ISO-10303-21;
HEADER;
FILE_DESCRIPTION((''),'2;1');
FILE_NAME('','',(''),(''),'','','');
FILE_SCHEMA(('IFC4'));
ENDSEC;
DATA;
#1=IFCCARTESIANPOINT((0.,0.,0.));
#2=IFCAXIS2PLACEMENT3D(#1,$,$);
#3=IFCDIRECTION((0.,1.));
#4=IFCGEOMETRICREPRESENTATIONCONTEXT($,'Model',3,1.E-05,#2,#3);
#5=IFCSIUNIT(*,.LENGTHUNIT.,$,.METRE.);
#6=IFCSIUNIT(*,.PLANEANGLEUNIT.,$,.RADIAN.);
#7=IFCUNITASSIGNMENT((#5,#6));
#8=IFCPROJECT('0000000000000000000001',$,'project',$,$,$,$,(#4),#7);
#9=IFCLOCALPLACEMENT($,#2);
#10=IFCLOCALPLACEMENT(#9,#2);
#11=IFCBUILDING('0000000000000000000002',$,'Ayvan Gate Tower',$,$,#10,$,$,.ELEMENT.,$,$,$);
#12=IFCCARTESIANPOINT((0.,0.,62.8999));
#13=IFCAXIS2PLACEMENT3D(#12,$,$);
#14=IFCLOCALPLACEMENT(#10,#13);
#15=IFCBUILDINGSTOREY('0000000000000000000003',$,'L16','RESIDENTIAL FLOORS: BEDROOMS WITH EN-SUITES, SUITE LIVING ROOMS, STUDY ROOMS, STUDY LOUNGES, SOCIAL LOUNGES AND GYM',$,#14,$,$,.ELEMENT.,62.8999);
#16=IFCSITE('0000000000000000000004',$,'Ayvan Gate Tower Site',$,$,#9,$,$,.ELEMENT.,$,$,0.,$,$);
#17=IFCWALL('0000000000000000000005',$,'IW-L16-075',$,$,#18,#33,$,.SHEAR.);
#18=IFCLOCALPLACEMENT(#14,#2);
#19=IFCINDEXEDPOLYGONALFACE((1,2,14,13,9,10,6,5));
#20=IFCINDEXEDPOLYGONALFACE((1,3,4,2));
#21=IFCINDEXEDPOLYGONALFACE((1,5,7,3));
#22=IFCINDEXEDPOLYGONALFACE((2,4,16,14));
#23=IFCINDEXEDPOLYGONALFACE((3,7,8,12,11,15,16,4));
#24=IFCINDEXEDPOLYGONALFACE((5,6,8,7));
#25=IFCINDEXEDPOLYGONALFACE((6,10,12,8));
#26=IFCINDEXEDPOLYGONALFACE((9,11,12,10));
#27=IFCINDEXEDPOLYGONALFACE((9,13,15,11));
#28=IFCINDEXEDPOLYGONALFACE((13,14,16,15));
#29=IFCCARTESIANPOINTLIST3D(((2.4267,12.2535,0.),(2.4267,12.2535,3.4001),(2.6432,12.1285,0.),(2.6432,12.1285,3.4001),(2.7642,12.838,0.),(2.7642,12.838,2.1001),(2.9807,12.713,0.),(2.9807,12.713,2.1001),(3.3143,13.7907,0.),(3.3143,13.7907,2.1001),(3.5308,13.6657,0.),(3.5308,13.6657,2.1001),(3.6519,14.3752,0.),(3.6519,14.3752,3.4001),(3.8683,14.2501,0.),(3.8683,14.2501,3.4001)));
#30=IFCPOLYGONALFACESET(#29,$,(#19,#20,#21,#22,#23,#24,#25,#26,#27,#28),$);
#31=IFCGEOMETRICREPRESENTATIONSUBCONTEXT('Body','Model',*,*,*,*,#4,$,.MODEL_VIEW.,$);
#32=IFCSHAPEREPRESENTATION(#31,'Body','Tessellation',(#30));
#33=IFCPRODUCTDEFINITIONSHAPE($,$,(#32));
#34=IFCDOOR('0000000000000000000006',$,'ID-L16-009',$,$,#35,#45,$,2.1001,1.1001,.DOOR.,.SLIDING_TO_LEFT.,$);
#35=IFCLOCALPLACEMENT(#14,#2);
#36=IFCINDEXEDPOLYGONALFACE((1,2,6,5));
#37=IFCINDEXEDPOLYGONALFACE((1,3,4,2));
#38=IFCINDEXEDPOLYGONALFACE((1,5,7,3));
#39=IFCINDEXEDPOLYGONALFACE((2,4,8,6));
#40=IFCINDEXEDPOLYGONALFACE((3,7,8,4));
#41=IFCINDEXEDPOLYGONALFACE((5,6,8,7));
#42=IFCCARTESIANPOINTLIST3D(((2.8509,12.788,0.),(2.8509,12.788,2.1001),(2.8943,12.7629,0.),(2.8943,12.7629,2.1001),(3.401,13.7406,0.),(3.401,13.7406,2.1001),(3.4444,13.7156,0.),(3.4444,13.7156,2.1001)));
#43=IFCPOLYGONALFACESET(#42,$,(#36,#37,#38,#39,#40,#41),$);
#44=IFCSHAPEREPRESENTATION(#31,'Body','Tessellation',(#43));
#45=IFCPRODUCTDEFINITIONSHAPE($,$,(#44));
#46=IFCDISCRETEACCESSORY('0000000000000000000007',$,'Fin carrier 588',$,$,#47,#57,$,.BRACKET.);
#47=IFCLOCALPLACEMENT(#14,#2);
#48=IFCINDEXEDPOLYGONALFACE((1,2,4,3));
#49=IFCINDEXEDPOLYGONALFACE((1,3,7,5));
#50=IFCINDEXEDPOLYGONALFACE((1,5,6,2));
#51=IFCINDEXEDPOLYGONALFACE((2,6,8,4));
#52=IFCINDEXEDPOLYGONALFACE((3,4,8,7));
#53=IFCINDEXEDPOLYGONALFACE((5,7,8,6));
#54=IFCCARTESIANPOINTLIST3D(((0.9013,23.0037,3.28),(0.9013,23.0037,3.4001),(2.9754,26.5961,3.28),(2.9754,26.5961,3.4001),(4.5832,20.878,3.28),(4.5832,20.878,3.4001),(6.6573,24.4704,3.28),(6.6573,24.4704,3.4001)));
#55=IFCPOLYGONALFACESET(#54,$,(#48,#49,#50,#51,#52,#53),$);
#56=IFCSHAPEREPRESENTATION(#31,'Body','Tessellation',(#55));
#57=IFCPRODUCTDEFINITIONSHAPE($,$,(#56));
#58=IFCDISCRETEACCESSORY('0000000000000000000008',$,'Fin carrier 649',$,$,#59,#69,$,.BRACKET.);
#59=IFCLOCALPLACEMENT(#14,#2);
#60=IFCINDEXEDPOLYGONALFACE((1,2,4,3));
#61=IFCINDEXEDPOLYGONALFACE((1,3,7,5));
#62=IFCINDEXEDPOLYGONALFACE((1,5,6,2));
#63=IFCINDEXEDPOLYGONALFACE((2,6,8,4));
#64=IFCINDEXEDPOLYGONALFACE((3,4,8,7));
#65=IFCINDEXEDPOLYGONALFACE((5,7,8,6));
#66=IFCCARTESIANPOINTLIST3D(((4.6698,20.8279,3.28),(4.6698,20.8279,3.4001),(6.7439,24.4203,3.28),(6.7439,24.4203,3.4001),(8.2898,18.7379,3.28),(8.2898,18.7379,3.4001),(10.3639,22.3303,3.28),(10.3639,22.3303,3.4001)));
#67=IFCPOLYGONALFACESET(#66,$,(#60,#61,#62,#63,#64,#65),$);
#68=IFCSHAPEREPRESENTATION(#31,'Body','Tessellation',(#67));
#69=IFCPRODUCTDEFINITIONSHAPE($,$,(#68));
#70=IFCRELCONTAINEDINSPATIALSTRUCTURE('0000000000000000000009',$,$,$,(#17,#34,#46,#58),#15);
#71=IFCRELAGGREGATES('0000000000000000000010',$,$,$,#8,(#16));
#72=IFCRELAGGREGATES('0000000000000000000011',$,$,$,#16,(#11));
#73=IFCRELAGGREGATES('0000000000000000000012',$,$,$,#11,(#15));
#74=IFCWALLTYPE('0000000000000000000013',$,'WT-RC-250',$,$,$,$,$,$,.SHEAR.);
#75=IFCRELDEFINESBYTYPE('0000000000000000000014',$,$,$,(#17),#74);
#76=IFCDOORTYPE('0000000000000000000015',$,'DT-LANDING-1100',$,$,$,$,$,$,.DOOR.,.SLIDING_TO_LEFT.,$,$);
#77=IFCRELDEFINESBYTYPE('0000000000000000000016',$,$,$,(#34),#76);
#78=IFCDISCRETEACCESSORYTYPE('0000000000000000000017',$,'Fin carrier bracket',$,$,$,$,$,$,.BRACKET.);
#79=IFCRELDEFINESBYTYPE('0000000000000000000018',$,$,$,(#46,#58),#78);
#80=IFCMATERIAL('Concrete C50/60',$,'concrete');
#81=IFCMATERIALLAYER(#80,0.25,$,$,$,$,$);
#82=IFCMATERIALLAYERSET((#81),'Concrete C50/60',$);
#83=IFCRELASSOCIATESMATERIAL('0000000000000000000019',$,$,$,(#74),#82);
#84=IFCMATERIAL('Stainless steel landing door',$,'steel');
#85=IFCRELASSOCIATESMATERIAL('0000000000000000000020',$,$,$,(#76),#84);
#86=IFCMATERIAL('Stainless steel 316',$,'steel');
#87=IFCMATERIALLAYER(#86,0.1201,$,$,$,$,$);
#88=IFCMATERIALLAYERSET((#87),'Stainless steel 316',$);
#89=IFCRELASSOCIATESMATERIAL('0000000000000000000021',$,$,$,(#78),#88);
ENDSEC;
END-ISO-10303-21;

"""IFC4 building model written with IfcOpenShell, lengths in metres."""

from ifc_helpers import new_model, si_unit, direction, frame, frame_2d, origin, origin_2d, place, context, subcontext, project, spatial, rectangle, extrude, material, layer, layer_set, type_object, element, fill, save


model = new_model("IFC4")

# Units and contexts
model_context = context("Model", 3, precision=1e-05, world=origin(), true_north=direction((0.0, 1.0)))
body_context = subcontext(model_context, "Body", "Model", "MODEL_VIEW")
ifc_project = project(units=[si_unit("LENGTHUNIT", "METRE"), si_unit("PLANEANGLEUNIT", "RADIAN")], contexts=[model_context])

# Site, building, storey
site_placement = place(None, origin())
site = spatial("IfcSite", under=ifc_project, at=site_placement, Name="Ayvan Gate Tower Site", CompositionType="ELEMENT", RefElevation=0.0)
building_placement = place(site_placement, origin())
building = spatial("IfcBuilding", under=site, at=building_placement, Name="Ayvan Gate Tower", CompositionType="ELEMENT")
storey_placement = place(building_placement, frame((0.0, 0.0, 62.8999)))
storey = spatial("IfcBuildingStorey", under=building, at=storey_placement, Name="L16", Description="RESIDENTIAL FLOORS: BEDROOMS WITH EN-SUITES, SUITE LIVING ROOMS, STUDY ROOMS, STUDY LOUNGES, SOCIAL LOUNGES AND GYM", CompositionType="ELEMENT", Elevation=62.8999)

# Shared definitions
ifc_material_1 = material(Name="Concrete C50/60", Category="concrete")
ifc_layer_1 = layer(ifc_material_1, 0.25)
ifc_layer_set_1 = layer_set([ifc_layer_1], Name="Concrete C50/60")
wall_type_1 = type_object("IfcWallType", Name="WT-RC-250", PredefinedType="SHEAR", material=ifc_layer_set_1)

# Wall, opening, door
wall_1_placement = place(storey_placement, frame((2.5349, 12.1909, 0.0), z_axis=(0.0, 0.0, 1.0), x_axis=(0.500062, 0.86599, 0.0)))
wall_1 = element("IfcWall", 1, at=wall_1_placement, inside=storey, type_object=wall_type_1, Name="IW-L16-075", PredefinedType="SHEAR", context=body_context, shape_type="SweptSolid", body=[
    extrude(rectangle(XDim=2.45, YDim=0.25, at=frame_2d((1.2251, 0.0))), origin(), (0.0, 0.0, 1.0), 3.4001),
])
opening_1_placement = place(wall_1_placement, frame((0.675, 0.0, 0.0)))
opening_1 = element("IfcOpeningElement", 2, at=opening_1_placement, cuts=wall_1, PredefinedType="OPENING", context=body_context, shape_type="SweptSolid", body=[
    extrude(rectangle(XDim=1.1001, YDim=2.1001, at=frame_2d((0.55, 1.05))), frame((0.0, 0.135, 0.0), z_axis=(0.0, -1.0, 0.0), x_axis=(1.0, 0.0, 0.0)), (0.0, 0.0, 1.0), 0.27),
])
ifc_material_2 = material(Name="Stainless steel landing door", Category="steel")
door_type_1 = type_object("IfcDoorType", Name="DT-LANDING-1100", OperationType="SLIDING_TO_LEFT", PredefinedType="DOOR", material=ifc_material_2)
door_1_placement = place(opening_1_placement, origin())
door_1 = element("IfcDoor", 3, at=door_1_placement, inside=storey, type_object=door_type_1, Name="ID-L16-009", OperationType="SLIDING_TO_LEFT", OverallHeight=2.1001, OverallWidth=1.1001, PredefinedType="DOOR", context=body_context, shape_type="SweptSolid", body=[
    extrude(rectangle(XDim=1.1001, YDim=2.1001, at=frame_2d((0.55, 1.05))), frame((0.0, 0.0249, 0.0), z_axis=(0.0, -1.0, 0.0), x_axis=(1.0, 0.0, 0.0)), (0.0, 0.0, 1.0), 0.05),
])
fill(opening_1, door_1)

# Discrete accessories
ifc_material_3 = material(Name="Stainless steel 316", Category="steel")
ifc_layer_2 = layer(ifc_material_3, 0.1201)
ifc_layer_set_2 = layer_set([ifc_layer_2], Name="Stainless steel 316")
discrete_accessory_type = type_object("IfcDiscreteAccessoryType", Name="Fin carrier bracket", PredefinedType="BRACKET", material=ifc_layer_set_2)
discrete_accessory_1_placement = place(storey_placement, frame((3.7793, 23.7371, 3.28), z_axis=(0.0, 0.0, 1.0), x_axis=(-0.866025, 0.5, 0.0)))
element("IfcDiscreteAccessory", 4, at=discrete_accessory_1_placement, inside=storey, type_object=discrete_accessory_type, Name="Fin carrier 588", PredefinedType="BRACKET", context=body_context, shape_type="SweptSolid", body=[
    extrude(rectangle(XDim=4.2515, YDim=4.1482, at=origin_2d()), origin(), (0.0, 0.0, 1.0), 0.1201),
])
discrete_accessory_2_placement = place(storey_placement, frame((7.5168, 21.5791, 3.28), z_axis=(0.0, 0.0, 1.0), x_axis=(-0.866025, 0.5, 0.0)))
element("IfcDiscreteAccessory", 5, at=discrete_accessory_2_placement, inside=storey, type_object=discrete_accessory_type, Name="Fin carrier 649", PredefinedType="BRACKET", context=body_context, shape_type="SweptSolid", body=[
    extrude(rectangle(XDim=4.1799, YDim=4.1482, at=origin_2d()), origin(), (0.0, 0.0, 1.0), 0.1201),
])

save(model, "model.ifc")
